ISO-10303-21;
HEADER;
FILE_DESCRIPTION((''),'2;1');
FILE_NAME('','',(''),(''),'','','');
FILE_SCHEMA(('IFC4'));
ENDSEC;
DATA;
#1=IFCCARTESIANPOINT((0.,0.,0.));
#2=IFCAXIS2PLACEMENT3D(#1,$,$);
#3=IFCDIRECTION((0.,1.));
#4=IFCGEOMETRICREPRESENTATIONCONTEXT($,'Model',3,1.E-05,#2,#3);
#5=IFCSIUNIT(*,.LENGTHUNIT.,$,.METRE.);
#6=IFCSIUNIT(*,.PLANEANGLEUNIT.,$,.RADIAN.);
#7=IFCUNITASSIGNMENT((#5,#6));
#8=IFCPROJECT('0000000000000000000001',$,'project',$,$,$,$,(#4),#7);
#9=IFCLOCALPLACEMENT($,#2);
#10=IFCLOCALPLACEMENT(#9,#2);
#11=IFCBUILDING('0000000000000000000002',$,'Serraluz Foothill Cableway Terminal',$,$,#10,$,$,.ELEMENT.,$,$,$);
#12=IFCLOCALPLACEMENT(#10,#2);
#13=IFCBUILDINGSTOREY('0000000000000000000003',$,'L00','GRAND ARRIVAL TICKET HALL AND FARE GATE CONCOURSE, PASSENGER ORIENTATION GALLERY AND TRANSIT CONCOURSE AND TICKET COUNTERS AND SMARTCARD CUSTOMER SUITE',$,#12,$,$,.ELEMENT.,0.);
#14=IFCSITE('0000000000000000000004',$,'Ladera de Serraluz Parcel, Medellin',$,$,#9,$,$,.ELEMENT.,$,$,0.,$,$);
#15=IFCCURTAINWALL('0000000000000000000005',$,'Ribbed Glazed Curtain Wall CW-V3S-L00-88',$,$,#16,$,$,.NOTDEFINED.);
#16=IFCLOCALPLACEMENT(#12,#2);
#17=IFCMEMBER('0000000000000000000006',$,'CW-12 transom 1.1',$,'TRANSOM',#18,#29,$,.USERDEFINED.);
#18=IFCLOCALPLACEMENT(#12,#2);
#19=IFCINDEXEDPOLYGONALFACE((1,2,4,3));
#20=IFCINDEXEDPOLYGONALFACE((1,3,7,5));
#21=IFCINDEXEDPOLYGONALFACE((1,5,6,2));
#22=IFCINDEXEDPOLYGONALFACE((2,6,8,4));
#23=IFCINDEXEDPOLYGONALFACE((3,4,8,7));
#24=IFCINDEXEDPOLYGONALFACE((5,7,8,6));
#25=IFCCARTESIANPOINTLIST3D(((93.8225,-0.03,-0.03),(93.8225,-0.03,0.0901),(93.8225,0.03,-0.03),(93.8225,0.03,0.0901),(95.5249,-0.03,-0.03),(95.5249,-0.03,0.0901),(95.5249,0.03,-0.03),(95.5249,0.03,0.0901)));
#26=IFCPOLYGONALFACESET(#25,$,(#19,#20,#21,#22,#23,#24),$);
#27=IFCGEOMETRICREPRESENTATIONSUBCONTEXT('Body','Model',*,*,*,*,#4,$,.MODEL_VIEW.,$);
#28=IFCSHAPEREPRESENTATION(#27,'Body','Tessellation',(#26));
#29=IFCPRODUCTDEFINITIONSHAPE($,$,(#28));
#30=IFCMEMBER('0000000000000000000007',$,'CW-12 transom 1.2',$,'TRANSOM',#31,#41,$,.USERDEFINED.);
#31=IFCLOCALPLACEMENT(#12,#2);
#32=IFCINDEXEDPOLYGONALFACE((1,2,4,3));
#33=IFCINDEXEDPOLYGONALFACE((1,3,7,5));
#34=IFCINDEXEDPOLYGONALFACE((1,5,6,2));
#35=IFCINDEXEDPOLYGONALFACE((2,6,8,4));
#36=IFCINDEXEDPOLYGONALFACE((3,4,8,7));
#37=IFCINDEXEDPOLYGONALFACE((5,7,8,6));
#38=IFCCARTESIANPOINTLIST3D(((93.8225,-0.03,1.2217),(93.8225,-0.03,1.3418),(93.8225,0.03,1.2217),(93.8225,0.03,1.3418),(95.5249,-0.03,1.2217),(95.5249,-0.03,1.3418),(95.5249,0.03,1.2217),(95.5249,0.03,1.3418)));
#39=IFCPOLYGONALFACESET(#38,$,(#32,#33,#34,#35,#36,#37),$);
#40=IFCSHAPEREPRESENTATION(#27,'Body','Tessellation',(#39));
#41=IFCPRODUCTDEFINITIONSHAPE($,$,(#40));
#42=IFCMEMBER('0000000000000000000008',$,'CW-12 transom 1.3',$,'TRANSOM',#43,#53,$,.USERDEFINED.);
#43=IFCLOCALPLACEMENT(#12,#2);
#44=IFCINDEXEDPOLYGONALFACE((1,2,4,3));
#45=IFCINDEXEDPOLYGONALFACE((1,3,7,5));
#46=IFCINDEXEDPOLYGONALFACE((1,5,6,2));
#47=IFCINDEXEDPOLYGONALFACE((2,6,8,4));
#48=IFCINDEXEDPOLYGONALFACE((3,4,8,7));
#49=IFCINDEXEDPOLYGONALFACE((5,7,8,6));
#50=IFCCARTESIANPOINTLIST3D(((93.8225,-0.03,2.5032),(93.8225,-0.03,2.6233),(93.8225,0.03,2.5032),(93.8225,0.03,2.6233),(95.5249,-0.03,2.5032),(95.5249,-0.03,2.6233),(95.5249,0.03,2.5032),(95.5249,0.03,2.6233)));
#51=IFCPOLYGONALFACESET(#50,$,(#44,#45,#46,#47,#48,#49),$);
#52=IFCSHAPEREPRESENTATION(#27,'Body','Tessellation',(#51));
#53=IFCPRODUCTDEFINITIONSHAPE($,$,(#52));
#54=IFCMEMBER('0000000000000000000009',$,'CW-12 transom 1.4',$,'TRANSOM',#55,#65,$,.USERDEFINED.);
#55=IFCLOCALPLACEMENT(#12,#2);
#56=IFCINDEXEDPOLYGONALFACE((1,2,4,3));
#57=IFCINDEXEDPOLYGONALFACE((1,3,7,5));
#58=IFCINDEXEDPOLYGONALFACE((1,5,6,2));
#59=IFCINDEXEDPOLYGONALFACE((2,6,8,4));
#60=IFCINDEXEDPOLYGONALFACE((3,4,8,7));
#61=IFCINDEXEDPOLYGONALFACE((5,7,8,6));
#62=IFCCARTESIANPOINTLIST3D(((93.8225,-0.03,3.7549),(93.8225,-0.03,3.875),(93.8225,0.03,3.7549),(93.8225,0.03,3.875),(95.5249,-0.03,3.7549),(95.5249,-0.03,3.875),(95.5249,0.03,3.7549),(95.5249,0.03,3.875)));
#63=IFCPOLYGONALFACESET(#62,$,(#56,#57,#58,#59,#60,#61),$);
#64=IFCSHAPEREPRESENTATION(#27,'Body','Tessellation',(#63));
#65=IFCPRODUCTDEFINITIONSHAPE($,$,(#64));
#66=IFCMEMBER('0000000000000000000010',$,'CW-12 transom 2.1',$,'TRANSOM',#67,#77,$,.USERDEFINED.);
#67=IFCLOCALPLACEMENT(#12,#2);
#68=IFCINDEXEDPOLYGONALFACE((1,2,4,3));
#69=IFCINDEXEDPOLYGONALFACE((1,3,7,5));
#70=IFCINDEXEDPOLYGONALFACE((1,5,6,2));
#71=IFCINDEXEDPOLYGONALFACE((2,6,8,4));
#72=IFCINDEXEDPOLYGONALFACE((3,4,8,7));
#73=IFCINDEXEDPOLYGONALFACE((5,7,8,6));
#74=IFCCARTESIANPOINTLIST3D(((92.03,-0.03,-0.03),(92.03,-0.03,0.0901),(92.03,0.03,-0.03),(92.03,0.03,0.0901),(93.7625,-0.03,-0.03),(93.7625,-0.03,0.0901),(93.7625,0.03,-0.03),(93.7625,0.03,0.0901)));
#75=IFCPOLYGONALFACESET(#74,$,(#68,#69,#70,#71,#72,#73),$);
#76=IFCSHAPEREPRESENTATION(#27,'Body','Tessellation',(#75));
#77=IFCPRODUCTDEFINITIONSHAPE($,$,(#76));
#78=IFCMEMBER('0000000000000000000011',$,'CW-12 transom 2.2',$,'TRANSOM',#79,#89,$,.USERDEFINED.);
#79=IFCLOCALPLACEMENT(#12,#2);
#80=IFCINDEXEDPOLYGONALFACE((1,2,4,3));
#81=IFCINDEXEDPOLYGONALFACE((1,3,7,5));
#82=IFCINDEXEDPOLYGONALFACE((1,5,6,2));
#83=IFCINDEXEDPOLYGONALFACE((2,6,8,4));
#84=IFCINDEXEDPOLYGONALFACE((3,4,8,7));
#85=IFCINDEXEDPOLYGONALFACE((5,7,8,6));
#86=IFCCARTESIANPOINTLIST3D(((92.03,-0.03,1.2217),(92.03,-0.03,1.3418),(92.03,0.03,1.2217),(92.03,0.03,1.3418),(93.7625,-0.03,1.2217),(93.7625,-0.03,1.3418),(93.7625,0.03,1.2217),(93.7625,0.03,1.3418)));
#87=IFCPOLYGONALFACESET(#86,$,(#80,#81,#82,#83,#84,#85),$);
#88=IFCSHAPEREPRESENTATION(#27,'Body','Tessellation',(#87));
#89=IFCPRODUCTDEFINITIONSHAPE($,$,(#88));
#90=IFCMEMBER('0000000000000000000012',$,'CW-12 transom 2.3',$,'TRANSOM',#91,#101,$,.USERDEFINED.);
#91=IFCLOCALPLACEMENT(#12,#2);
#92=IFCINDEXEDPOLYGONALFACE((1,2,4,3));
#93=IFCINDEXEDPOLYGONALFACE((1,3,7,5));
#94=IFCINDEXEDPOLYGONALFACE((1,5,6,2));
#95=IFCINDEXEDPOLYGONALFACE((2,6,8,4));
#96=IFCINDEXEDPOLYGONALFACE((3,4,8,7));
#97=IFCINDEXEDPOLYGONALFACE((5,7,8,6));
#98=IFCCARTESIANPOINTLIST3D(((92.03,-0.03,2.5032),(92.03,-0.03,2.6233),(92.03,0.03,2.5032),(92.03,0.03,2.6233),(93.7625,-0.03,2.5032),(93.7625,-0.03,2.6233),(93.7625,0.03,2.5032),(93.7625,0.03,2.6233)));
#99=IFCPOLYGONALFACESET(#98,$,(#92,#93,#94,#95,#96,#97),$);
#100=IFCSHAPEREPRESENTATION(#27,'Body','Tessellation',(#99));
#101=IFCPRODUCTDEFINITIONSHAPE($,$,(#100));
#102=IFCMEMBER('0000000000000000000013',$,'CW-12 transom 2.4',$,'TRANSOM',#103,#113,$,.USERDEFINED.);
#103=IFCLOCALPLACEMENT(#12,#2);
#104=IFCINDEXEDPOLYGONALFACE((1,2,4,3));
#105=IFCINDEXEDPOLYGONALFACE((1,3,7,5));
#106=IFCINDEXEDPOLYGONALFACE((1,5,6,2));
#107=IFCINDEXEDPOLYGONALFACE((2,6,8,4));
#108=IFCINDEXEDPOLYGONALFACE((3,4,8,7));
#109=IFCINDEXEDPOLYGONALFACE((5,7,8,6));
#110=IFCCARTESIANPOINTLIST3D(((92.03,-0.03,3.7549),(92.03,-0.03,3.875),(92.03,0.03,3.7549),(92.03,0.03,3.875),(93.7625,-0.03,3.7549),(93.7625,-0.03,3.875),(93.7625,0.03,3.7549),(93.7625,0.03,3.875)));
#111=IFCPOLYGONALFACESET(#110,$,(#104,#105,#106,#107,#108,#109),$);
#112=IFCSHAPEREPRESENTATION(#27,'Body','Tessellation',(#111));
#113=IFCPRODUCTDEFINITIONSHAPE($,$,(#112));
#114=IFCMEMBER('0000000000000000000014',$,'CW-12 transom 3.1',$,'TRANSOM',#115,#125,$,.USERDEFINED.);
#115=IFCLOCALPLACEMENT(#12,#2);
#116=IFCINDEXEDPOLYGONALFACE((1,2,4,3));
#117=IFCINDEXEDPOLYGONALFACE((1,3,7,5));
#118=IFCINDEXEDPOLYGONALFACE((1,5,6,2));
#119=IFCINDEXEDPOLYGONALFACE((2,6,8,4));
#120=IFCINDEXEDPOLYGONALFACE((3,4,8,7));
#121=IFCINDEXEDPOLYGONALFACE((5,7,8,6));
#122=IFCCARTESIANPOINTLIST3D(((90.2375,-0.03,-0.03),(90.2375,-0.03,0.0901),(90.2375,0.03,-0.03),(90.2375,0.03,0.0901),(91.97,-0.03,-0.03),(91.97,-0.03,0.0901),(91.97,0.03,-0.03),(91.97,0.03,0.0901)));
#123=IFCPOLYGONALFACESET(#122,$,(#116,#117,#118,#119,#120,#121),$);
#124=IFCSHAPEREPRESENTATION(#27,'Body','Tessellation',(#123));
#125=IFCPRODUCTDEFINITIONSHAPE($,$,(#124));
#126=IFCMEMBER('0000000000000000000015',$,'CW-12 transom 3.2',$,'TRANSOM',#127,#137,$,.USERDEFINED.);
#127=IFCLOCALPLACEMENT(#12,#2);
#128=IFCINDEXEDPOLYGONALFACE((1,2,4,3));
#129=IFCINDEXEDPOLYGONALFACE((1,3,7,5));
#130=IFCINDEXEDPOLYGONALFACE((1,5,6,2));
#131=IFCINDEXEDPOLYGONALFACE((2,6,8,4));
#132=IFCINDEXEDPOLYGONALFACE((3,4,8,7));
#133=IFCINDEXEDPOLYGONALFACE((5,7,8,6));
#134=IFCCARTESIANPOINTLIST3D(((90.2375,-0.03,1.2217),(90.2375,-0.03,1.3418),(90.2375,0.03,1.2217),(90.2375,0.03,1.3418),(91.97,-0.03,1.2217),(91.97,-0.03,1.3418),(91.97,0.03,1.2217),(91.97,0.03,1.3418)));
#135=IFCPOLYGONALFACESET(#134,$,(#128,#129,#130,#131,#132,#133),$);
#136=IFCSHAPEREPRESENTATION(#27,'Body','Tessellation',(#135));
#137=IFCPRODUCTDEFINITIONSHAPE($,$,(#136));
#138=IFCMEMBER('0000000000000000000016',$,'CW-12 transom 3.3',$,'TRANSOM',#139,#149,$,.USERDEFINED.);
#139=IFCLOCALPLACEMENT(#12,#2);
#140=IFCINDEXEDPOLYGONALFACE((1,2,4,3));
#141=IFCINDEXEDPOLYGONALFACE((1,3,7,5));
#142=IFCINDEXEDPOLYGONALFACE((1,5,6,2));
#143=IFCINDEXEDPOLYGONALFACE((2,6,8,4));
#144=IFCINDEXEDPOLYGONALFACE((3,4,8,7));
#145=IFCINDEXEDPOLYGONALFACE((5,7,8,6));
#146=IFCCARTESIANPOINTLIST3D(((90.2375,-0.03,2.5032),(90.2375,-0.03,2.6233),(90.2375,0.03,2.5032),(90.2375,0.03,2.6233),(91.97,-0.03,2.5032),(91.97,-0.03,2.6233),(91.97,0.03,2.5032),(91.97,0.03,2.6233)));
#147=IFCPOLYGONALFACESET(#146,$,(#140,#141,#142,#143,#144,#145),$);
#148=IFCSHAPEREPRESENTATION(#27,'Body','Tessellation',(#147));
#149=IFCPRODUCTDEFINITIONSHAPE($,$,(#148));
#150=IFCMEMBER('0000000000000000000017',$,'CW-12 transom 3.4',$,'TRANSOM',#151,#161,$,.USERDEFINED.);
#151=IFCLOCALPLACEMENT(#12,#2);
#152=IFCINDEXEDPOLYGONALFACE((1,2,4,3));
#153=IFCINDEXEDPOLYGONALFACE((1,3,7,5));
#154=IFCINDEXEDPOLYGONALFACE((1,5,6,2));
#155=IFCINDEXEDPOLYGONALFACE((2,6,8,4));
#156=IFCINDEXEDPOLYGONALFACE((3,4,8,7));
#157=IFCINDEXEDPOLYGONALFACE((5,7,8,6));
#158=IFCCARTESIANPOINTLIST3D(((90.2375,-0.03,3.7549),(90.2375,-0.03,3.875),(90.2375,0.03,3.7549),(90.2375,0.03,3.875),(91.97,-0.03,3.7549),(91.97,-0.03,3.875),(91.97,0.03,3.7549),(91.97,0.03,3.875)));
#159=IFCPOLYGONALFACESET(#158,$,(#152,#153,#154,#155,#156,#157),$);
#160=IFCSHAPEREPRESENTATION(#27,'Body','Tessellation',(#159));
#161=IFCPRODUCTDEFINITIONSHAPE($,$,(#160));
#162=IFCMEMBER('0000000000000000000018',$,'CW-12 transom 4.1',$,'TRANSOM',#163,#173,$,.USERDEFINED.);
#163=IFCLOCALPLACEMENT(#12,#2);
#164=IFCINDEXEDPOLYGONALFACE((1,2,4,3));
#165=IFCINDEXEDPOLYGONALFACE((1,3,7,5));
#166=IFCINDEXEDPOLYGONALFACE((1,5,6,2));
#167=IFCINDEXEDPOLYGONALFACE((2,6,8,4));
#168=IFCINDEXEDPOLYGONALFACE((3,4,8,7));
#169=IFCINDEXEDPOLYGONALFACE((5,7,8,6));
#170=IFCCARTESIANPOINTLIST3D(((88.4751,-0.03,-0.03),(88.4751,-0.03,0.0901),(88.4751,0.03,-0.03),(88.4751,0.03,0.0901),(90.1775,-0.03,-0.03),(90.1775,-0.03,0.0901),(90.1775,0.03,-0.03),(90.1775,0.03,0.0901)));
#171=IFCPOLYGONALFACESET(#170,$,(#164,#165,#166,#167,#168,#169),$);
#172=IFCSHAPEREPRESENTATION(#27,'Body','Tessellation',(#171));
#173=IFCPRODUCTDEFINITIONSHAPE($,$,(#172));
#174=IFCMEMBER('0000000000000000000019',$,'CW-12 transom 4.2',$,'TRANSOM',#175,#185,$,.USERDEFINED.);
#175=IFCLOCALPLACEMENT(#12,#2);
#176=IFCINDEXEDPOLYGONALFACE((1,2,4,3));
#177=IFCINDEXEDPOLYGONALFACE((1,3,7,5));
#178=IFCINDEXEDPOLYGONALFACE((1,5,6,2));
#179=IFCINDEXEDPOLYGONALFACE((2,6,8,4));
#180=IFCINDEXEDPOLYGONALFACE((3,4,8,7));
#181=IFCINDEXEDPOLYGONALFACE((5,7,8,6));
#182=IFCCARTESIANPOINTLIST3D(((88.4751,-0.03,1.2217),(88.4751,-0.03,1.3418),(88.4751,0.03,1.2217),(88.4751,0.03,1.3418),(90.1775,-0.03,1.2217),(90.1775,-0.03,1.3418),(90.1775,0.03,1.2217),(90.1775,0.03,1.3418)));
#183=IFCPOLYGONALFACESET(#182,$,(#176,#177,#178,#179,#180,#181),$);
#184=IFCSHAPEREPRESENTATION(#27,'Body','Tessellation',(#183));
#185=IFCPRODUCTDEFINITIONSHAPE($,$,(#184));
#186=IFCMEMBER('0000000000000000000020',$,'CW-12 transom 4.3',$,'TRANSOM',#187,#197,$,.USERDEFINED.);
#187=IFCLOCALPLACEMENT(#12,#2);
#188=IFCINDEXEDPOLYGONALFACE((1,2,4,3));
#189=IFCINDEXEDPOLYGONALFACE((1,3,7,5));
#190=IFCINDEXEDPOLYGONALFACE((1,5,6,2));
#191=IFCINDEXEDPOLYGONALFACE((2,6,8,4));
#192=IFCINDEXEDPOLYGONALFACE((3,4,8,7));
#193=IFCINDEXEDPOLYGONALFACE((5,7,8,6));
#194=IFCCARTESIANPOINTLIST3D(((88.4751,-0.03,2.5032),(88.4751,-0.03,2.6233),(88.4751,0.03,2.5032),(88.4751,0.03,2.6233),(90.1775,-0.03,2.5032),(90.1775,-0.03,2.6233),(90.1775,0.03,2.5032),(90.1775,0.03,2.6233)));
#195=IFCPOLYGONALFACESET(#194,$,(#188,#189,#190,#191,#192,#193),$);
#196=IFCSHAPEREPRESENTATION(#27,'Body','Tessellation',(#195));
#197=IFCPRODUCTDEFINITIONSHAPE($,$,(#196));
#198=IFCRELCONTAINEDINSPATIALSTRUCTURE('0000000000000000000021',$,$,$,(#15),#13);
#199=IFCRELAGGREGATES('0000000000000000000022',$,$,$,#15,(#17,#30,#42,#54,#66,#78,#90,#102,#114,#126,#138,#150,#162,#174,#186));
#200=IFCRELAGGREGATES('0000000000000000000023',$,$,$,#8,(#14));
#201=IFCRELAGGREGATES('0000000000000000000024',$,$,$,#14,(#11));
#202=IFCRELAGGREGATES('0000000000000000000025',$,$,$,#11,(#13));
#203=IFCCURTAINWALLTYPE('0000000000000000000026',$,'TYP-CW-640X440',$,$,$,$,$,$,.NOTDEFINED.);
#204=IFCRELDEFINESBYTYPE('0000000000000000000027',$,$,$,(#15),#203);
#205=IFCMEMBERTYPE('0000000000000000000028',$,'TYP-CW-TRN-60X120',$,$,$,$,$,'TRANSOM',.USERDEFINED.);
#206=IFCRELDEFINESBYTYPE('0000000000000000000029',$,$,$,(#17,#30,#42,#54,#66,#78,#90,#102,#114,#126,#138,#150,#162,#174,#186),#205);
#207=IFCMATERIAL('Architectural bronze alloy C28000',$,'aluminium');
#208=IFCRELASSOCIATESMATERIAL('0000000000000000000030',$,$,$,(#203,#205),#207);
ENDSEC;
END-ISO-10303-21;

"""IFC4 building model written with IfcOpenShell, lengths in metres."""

from ifc_helpers import new_model, si_unit, direction, frame, origin, origin_2d, place, context, subcontext, project, spatial, rectangle, extrude, material, material_profile, profile_set, type_object, element, aggregate, save


model = new_model("IFC4")

# Units and contexts
model_context = context("Model", 3, precision=1e-05, world=origin(), true_north=direction((0.0, 1.0)))
body_context = subcontext(model_context, "Body", "Model", "MODEL_VIEW")
ifc_project = project(units=[si_unit("LENGTHUNIT", "METRE"), si_unit("PLANEANGLEUNIT", "RADIAN")], contexts=[model_context])

# Site, building, storey
site_placement = place(None, origin())
site = spatial("IfcSite", under=ifc_project, at=site_placement, Name="Ladera de Serraluz Parcel, Medellin", CompositionType="ELEMENT", RefElevation=0.0)
building_placement = place(site_placement, origin())
building = spatial("IfcBuilding", under=site, at=building_placement, Name="Serraluz Foothill Cableway Terminal", CompositionType="ELEMENT")
storey_placement = place(building_placement, origin())
storey = spatial("IfcBuildingStorey", under=building, at=storey_placement, Name="L00", Description="GRAND ARRIVAL TICKET HALL AND FARE GATE CONCOURSE, PASSENGER ORIENTATION GALLERY AND TRANSIT CONCOURSE AND TICKET COUNTERS AND SMARTCARD CUSTOMER SUITE", CompositionType="ELEMENT", Elevation=0.0)

# Curtain wall
ifc_material_1 = material(Name="Architectural bronze alloy C28000", Category="aluminium")
curtain_wall_type_1 = type_object("IfcCurtainWallType", Name="TYP-CW-640X440", PredefinedType="NOTDEFINED", material=ifc_material_1)
curtain_wall_1_placement = place(storey_placement, origin())
curtain_wall_1 = element("IfcCurtainWall", 1, at=curtain_wall_1_placement, inside=storey, type_object=curtain_wall_type_1, Name="Ribbed Glazed Curtain Wall CW-V3S-L00-88", PredefinedType="NOTDEFINED")

# Members
ifc_material_profile_1 = material_profile(ifc_material_1, rectangle(XDim=0.0601, YDim=0.1201, at=origin_2d()), Name="ALU TRANSOM 60x120")
ifc_profile_set_1 = profile_set([ifc_material_profile_1], Name="Architectural bronze alloy C28000")
member_type_1 = type_object("IfcMemberType", Name="TYP-CW-TRN-60X120", ElementType="TRANSOM", PredefinedType="USERDEFINED", material=ifc_profile_set_1)
member_1_placement = place(storey_placement, frame((95.5249, 0.0, 0.03), z_axis=(-1.0, 0.0, 0.0), x_axis=(0.0, -1.0, 0.0)))
member_1 = element("IfcMember", 2, at=member_1_placement, type_object=member_type_1, Name="CW-12 transom 1.1", ObjectType="TRANSOM", PredefinedType="USERDEFINED", context=body_context, shape_type="SweptSolid", body=[
    extrude(rectangle(XDim=0.0601, YDim=0.1201, at=origin_2d()), origin(), (0.0, 0.0, 1.0), 1.7024),
])
member_2_placement = place(storey_placement, frame((95.5249, 0.0, 1.2817), z_axis=(-1.0, 0.0, 0.0), x_axis=(0.0, -1.0, 0.0)))
member_2 = element("IfcMember", 3, at=member_2_placement, type_object=member_type_1, Name="CW-12 transom 1.2", ObjectType="TRANSOM", PredefinedType="USERDEFINED", context=body_context, shape_type="SweptSolid", body=[
    extrude(rectangle(XDim=0.0601, YDim=0.1201, at=origin_2d()), origin(), (0.0, 0.0, 1.0), 1.7024),
])
member_3_placement = place(storey_placement, frame((95.5249, 0.0, 2.5632), z_axis=(-1.0, 0.0, 0.0), x_axis=(0.0, -1.0, 0.0)))
member_3 = element("IfcMember", 4, at=member_3_placement, type_object=member_type_1, Name="CW-12 transom 1.3", ObjectType="TRANSOM", PredefinedType="USERDEFINED", context=body_context, shape_type="SweptSolid", body=[
    extrude(rectangle(XDim=0.0601, YDim=0.1201, at=origin_2d()), origin(), (0.0, 0.0, 1.0), 1.7024),
])
member_4_placement = place(storey_placement, frame((95.5249, 0.0, 3.8149), z_axis=(-1.0, 0.0, 0.0), x_axis=(0.0, -1.0, 0.0)))
member_4 = element("IfcMember", 5, at=member_4_placement, type_object=member_type_1, Name="CW-12 transom 1.4", ObjectType="TRANSOM", PredefinedType="USERDEFINED", context=body_context, shape_type="SweptSolid", body=[
    extrude(rectangle(XDim=0.0601, YDim=0.1201, at=origin_2d()), origin(), (0.0, 0.0, 1.0), 1.7024),
])
member_5_placement = place(storey_placement, frame((93.7625, 0.0, 0.03), z_axis=(-1.0, 0.0, 0.0), x_axis=(0.0, -1.0, 0.0)))
member_5 = element("IfcMember", 6, at=member_5_placement, type_object=member_type_1, Name="CW-12 transom 2.1", ObjectType="TRANSOM", PredefinedType="USERDEFINED", context=body_context, shape_type="SweptSolid", body=[
    extrude(rectangle(XDim=0.0601, YDim=0.1201, at=origin_2d()), origin(), (0.0, 0.0, 1.0), 1.7324),
])
member_6_placement = place(storey_placement, frame((93.7625, 0.0, 1.2817), z_axis=(-1.0, 0.0, 0.0), x_axis=(0.0, -1.0, 0.0)))
member_6 = element("IfcMember", 7, at=member_6_placement, type_object=member_type_1, Name="CW-12 transom 2.2", ObjectType="TRANSOM", PredefinedType="USERDEFINED", context=body_context, shape_type="SweptSolid", body=[
    extrude(rectangle(XDim=0.0601, YDim=0.1201, at=origin_2d()), origin(), (0.0, 0.0, 1.0), 1.7324),
])
member_7_placement = place(storey_placement, frame((93.7625, 0.0, 2.5632), z_axis=(-1.0, 0.0, 0.0), x_axis=(0.0, -1.0, 0.0)))
member_7 = element("IfcMember", 8, at=member_7_placement, type_object=member_type_1, Name="CW-12 transom 2.3", ObjectType="TRANSOM", PredefinedType="USERDEFINED", context=body_context, shape_type="SweptSolid", body=[
    extrude(rectangle(XDim=0.0601, YDim=0.1201, at=origin_2d()), origin(), (0.0, 0.0, 1.0), 1.7324),
])
member_8_placement = place(storey_placement, frame((93.7625, 0.0, 3.8149), z_axis=(-1.0, 0.0, 0.0), x_axis=(0.0, -1.0, 0.0)))
member_8 = element("IfcMember", 9, at=member_8_placement, type_object=member_type_1, Name="CW-12 transom 2.4", ObjectType="TRANSOM", PredefinedType="USERDEFINED", context=body_context, shape_type="SweptSolid", body=[
    extrude(rectangle(XDim=0.0601, YDim=0.1201, at=origin_2d()), origin(), (0.0, 0.0, 1.0), 1.7324),
])
member_9_placement = place(storey_placement, frame((91.97, 0.0, 0.03), z_axis=(-1.0, 0.0, 0.0), x_axis=(0.0, -1.0, 0.0)))
member_9 = element("IfcMember", 10, at=member_9_placement, type_object=member_type_1, Name="CW-12 transom 3.1", ObjectType="TRANSOM", PredefinedType="USERDEFINED", context=body_context, shape_type="SweptSolid", body=[
    extrude(rectangle(XDim=0.0601, YDim=0.1201, at=origin_2d()), origin(), (0.0, 0.0, 1.0), 1.7324),
])
member_10_placement = place(storey_placement, frame((91.97, 0.0, 1.2817), z_axis=(-1.0, 0.0, 0.0), x_axis=(0.0, -1.0, 0.0)))
member_10 = element("IfcMember", 11, at=member_10_placement, type_object=member_type_1, Name="CW-12 transom 3.2", ObjectType="TRANSOM", PredefinedType="USERDEFINED", context=body_context, shape_type="SweptSolid", body=[
    extrude(rectangle(XDim=0.0601, YDim=0.1201, at=origin_2d()), origin(), (0.0, 0.0, 1.0), 1.7324),
])
member_11_placement = place(storey_placement, frame((91.97, 0.0, 2.5632), z_axis=(-1.0, 0.0, 0.0), x_axis=(0.0, -1.0, 0.0)))
member_11 = element("IfcMember", 12, at=member_11_placement, type_object=member_type_1, Name="CW-12 transom 3.3", ObjectType="TRANSOM", PredefinedType="USERDEFINED", context=body_context, shape_type="SweptSolid", body=[
    extrude(rectangle(XDim=0.0601, YDim=0.1201, at=origin_2d()), origin(), (0.0, 0.0, 1.0), 1.7324),
])
member_12_placement = place(storey_placement, frame((91.97, 0.0, 3.8149), z_axis=(-1.0, 0.0, 0.0), x_axis=(0.0, -1.0, 0.0)))
member_12 = element("IfcMember", 13, at=member_12_placement, type_object=member_type_1, Name="CW-12 transom 3.4", ObjectType="TRANSOM", PredefinedType="USERDEFINED", context=body_context, shape_type="SweptSolid", body=[
    extrude(rectangle(XDim=0.0601, YDim=0.1201, at=origin_2d()), origin(), (0.0, 0.0, 1.0), 1.7324),
])
member_13_placement = place(storey_placement, frame((90.1775, 0.0, 0.03), z_axis=(-1.0, 0.0, 0.0), x_axis=(0.0, -1.0, 0.0)))
member_13 = element("IfcMember", 14, at=member_13_placement, type_object=member_type_1, Name="CW-12 transom 4.1", ObjectType="TRANSOM", PredefinedType="USERDEFINED", context=body_context, shape_type="SweptSolid", body=[
    extrude(rectangle(XDim=0.0601, YDim=0.1201, at=origin_2d()), origin(), (0.0, 0.0, 1.0), 1.7024),
])
member_14_placement = place(storey_placement, frame((90.1775, 0.0, 1.2817), z_axis=(-1.0, 0.0, 0.0), x_axis=(0.0, -1.0, 0.0)))
member_14 = element("IfcMember", 15, at=member_14_placement, type_object=member_type_1, Name="CW-12 transom 4.2", ObjectType="TRANSOM", PredefinedType="USERDEFINED", context=body_context, shape_type="SweptSolid", body=[
    extrude(rectangle(XDim=0.0601, YDim=0.1201, at=origin_2d()), origin(), (0.0, 0.0, 1.0), 1.7024),
])
member_15_placement = place(storey_placement, frame((90.1775, 0.0, 2.5632), z_axis=(-1.0, 0.0, 0.0), x_axis=(0.0, -1.0, 0.0)))
member_15 = element("IfcMember", 16, at=member_15_placement, type_object=member_type_1, Name="CW-12 transom 4.3", ObjectType="TRANSOM", PredefinedType="USERDEFINED", context=body_context, shape_type="SweptSolid", body=[
    extrude(rectangle(XDim=0.0601, YDim=0.1201, at=origin_2d()), origin(), (0.0, 0.0, 1.0), 1.7024),
])

aggregate(curtain_wall_1, [member_1, member_2, member_3, member_4, member_5, member_6, member_7, member_8, member_9, member_10, member_11, member_12, member_13, member_14, member_15])

save(model, "model.ifc")
